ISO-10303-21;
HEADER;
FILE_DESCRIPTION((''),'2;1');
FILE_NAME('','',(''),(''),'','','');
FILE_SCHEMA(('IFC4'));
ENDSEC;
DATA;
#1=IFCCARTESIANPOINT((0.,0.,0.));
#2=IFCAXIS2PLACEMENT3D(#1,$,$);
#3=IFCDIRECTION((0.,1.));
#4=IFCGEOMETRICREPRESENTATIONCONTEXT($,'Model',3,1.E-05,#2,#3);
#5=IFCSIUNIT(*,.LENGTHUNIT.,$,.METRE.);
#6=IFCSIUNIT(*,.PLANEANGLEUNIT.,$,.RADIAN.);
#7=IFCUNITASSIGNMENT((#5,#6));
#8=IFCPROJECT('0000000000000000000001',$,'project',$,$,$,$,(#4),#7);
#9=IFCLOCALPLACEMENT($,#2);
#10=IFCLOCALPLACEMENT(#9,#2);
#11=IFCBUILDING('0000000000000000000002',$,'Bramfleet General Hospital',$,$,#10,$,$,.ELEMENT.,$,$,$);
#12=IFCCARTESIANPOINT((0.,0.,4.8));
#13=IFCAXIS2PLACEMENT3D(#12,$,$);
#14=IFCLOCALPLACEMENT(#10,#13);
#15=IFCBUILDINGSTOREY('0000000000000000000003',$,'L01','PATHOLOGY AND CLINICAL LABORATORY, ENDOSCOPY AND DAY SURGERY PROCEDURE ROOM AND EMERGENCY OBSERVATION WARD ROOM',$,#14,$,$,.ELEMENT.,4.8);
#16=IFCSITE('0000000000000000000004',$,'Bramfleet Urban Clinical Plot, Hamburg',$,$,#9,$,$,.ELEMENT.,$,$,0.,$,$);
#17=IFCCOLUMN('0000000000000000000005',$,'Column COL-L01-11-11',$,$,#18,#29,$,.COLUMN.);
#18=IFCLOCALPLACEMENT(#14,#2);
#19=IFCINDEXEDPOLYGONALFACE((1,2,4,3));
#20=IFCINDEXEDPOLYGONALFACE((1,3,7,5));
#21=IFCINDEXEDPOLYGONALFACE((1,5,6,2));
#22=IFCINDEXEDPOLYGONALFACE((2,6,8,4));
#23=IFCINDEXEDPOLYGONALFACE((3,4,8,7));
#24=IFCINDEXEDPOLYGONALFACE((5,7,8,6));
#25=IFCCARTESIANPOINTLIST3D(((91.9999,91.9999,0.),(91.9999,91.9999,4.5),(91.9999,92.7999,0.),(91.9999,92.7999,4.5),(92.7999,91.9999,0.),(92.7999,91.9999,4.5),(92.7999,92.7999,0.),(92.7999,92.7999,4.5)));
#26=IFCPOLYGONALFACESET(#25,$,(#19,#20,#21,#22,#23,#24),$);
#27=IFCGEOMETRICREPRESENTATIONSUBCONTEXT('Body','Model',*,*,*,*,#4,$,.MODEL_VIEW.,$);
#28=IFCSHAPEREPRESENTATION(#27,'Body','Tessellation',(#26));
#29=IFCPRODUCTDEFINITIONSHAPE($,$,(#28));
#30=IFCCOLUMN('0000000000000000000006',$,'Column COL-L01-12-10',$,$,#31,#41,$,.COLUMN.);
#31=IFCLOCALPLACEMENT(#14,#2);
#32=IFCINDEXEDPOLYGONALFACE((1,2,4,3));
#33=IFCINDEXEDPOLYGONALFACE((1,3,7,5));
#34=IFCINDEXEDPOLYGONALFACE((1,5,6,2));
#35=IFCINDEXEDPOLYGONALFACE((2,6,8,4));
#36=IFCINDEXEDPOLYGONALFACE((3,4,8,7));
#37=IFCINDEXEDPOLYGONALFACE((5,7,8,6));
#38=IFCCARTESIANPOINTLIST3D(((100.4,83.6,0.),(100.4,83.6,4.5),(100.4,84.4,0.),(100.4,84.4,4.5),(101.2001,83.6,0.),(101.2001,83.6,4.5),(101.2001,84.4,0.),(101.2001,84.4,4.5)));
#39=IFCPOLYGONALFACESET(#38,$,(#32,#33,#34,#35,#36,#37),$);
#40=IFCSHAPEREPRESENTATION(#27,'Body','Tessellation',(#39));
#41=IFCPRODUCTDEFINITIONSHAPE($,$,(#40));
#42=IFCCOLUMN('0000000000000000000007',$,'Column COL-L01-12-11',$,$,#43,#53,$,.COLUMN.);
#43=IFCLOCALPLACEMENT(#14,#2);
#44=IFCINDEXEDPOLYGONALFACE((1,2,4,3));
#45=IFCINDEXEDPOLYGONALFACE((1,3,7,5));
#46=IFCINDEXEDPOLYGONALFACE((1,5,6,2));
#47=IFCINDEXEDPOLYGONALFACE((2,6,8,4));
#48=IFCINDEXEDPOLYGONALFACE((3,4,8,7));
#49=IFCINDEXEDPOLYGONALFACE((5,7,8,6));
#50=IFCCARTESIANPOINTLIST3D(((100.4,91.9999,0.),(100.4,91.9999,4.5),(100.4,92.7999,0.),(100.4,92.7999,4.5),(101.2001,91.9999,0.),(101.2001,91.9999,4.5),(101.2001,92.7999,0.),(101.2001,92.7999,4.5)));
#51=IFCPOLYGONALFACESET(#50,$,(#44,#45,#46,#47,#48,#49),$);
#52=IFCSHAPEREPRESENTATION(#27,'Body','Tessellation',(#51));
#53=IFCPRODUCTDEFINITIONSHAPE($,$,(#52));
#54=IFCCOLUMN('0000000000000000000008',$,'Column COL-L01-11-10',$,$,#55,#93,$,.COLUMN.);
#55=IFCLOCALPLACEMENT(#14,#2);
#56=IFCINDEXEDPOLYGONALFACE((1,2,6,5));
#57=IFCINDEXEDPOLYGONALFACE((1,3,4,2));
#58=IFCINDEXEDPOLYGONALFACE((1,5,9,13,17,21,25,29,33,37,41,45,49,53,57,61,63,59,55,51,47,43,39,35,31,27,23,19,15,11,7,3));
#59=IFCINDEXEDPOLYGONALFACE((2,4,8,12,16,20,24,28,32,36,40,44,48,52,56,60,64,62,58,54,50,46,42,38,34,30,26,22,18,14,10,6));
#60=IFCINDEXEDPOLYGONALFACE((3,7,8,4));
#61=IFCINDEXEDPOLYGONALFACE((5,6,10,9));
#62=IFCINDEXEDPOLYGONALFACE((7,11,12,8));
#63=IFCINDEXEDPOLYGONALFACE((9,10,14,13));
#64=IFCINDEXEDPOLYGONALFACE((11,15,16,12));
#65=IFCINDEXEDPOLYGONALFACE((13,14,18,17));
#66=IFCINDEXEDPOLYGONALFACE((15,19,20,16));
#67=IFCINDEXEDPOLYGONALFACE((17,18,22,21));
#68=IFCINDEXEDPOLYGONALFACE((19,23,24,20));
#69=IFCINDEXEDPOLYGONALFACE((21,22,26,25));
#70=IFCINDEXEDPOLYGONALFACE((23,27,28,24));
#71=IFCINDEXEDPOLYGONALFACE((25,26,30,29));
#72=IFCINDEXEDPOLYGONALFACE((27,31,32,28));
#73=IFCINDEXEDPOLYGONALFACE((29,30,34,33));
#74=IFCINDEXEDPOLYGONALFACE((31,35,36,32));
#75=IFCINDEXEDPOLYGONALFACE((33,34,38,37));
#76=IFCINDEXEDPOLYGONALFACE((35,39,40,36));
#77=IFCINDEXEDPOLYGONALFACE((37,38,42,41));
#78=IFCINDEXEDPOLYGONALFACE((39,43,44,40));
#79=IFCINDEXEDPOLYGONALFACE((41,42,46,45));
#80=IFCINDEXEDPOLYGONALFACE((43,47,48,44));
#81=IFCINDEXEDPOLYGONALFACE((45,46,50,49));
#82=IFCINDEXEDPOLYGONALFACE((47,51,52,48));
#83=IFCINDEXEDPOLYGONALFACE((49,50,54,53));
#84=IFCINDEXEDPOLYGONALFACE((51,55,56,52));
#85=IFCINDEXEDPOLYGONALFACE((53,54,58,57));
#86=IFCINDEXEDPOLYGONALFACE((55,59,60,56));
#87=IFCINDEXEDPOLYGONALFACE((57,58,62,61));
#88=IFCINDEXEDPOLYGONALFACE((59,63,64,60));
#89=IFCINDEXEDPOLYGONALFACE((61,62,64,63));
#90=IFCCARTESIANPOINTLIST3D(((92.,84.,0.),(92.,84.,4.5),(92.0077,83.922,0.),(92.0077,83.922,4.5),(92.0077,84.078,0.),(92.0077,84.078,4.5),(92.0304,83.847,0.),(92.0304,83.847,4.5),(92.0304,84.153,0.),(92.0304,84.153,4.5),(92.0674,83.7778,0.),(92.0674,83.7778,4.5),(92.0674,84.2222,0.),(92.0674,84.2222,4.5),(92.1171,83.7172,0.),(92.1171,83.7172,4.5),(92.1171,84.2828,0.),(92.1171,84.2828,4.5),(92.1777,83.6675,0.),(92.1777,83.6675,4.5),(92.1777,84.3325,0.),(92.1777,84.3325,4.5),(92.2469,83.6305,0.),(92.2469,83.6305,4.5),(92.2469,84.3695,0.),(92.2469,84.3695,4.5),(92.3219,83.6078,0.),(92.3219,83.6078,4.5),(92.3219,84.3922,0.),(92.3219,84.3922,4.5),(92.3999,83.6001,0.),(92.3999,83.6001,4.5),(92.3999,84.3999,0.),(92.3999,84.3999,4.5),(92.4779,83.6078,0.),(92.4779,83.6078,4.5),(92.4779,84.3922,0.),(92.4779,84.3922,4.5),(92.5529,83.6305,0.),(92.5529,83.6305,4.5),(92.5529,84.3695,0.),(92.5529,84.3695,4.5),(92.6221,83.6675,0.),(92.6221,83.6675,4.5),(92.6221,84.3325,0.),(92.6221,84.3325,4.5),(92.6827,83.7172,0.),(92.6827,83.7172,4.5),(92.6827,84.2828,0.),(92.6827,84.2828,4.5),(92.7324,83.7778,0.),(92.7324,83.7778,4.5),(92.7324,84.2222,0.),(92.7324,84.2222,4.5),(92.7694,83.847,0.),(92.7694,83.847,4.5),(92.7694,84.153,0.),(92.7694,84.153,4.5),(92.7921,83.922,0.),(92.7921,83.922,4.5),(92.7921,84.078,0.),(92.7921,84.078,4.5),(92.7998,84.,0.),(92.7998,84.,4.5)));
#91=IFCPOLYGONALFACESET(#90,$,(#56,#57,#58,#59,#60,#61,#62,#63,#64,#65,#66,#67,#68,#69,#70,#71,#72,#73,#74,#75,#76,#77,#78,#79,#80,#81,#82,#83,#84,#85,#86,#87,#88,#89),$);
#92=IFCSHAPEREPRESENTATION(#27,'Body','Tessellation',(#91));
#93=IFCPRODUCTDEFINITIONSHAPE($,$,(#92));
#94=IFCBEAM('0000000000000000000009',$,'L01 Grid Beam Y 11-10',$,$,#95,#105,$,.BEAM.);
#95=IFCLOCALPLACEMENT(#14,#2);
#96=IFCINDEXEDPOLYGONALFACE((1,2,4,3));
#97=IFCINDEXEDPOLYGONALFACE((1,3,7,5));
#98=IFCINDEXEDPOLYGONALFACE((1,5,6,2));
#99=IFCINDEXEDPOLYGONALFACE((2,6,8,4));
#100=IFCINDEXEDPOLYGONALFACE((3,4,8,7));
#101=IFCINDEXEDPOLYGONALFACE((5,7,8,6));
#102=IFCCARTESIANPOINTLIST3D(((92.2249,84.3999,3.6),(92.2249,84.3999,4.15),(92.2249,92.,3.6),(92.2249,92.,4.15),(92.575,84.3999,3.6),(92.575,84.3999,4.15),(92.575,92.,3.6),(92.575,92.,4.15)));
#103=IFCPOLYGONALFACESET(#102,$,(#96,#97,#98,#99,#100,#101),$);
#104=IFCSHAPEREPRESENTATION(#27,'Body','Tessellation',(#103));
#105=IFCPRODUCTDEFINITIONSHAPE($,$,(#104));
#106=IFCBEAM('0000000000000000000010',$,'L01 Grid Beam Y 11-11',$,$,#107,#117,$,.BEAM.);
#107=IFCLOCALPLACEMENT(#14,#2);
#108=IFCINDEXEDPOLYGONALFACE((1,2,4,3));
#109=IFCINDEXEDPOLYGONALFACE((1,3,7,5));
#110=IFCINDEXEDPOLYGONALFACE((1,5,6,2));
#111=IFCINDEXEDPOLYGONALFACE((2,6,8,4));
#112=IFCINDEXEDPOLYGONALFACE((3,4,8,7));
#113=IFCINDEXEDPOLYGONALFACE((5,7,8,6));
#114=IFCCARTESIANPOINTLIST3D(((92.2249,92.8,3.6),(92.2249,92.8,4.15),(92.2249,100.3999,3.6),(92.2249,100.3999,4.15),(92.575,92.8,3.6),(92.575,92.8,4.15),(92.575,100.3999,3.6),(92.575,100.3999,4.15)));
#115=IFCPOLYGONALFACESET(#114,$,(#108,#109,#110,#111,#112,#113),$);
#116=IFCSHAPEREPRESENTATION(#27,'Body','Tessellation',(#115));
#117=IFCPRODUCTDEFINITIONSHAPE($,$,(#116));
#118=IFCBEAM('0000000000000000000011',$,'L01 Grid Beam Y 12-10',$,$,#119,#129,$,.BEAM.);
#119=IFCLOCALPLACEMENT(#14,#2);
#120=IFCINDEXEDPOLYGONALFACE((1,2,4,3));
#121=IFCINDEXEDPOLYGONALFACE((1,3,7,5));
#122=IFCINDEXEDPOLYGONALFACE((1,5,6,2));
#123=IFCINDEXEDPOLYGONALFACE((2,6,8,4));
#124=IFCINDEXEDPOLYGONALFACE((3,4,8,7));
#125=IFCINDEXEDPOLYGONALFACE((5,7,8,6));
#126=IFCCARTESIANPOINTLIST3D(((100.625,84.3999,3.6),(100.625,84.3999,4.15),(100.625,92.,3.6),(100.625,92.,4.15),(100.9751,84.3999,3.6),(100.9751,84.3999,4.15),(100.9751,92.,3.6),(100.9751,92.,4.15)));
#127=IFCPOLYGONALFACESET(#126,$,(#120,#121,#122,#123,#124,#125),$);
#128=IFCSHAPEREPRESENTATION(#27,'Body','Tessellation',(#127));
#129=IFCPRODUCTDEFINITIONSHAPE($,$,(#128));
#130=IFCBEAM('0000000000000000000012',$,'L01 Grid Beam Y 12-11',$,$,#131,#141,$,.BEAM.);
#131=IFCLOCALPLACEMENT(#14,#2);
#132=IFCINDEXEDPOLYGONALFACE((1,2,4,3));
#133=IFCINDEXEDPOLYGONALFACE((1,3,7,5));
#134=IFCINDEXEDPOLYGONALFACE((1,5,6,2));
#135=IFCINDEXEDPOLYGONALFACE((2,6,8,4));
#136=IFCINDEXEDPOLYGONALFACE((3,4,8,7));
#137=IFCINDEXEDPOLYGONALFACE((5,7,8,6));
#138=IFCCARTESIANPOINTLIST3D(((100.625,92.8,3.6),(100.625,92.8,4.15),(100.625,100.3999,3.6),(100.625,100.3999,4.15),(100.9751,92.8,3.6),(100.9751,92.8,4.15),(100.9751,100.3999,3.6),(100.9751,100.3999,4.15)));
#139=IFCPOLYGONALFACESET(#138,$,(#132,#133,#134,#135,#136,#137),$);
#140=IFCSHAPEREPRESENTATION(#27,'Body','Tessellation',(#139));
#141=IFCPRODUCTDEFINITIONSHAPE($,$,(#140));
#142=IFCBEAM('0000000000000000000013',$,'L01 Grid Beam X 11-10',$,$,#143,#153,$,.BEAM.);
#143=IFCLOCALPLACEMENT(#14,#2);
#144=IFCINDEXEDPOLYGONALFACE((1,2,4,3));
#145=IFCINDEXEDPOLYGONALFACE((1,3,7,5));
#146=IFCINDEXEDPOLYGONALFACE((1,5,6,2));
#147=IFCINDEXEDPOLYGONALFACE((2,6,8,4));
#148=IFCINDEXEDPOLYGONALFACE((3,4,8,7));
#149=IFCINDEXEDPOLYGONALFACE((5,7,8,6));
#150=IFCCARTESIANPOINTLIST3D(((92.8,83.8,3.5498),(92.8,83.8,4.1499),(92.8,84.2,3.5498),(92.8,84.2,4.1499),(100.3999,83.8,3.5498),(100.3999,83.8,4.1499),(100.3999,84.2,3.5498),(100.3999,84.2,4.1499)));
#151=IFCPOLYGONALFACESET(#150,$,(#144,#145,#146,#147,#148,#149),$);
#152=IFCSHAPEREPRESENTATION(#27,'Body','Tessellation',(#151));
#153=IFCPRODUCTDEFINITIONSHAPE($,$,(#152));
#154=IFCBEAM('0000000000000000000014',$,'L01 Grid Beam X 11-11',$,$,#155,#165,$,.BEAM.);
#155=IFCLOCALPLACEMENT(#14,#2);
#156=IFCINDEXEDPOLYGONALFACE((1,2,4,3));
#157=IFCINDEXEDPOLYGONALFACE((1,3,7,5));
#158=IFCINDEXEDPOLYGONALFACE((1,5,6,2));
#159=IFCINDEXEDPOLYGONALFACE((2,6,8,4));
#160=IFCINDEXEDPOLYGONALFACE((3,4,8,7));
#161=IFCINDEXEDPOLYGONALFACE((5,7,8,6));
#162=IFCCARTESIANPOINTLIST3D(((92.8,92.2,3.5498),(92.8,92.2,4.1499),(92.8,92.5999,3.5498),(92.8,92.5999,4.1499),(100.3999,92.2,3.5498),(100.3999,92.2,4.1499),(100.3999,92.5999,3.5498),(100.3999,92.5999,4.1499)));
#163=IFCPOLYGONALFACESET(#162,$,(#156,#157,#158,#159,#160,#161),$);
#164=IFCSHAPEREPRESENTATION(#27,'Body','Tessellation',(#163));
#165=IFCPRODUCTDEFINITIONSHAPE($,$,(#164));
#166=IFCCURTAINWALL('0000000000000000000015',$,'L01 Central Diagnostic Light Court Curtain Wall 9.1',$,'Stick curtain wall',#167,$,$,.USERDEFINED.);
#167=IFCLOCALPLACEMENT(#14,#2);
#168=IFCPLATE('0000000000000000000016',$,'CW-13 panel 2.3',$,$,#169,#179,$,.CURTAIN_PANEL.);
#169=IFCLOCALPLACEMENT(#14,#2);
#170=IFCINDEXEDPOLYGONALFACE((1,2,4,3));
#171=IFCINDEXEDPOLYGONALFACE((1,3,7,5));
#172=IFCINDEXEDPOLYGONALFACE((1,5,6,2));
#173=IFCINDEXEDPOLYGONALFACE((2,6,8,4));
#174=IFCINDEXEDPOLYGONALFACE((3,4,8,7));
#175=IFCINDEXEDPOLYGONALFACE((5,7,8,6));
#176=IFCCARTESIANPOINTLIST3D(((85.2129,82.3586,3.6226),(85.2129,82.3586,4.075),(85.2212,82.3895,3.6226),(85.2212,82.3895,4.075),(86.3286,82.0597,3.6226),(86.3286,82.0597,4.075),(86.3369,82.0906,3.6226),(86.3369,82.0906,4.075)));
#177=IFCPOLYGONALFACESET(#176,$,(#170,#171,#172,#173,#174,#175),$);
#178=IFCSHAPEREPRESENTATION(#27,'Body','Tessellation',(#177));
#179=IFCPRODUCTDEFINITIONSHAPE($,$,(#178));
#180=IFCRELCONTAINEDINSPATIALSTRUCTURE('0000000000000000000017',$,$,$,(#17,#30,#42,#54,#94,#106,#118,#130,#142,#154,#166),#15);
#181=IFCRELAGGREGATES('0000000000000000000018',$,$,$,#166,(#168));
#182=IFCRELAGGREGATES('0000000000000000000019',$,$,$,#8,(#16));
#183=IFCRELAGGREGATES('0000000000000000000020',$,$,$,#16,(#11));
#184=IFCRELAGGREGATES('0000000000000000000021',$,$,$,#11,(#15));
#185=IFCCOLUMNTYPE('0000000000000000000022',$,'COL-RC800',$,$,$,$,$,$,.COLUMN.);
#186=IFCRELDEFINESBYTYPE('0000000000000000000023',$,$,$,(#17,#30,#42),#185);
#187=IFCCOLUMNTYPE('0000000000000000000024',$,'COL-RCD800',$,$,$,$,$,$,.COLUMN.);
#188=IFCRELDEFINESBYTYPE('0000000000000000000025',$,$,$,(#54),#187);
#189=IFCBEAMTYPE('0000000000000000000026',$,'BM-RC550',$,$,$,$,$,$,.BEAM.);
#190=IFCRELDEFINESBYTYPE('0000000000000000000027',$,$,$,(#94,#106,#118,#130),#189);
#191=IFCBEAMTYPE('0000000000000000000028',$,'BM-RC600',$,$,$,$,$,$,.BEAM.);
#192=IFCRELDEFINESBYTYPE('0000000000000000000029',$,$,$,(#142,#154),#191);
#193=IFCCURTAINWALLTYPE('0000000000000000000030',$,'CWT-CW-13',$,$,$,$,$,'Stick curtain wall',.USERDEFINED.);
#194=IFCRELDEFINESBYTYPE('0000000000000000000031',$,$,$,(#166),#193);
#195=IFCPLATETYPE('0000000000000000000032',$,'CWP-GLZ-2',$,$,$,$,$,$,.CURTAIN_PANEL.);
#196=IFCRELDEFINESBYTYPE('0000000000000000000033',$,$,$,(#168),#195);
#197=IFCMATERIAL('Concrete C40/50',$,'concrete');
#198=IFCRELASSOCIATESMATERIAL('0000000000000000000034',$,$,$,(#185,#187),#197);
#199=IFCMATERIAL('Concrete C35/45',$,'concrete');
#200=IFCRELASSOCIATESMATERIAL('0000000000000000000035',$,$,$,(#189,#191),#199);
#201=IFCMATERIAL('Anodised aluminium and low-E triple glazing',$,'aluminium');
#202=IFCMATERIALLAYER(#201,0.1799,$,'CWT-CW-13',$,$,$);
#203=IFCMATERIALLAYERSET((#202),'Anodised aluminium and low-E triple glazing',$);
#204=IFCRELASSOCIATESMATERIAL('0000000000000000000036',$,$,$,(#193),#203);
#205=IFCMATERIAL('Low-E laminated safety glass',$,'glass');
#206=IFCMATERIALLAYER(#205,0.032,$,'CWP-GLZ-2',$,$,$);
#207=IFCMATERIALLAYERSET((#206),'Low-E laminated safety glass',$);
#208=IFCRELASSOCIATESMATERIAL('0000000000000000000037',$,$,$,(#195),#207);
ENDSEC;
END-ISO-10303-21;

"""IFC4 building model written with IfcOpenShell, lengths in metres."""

from ifc_helpers import new_model, si_unit, direction, frame, origin, origin_2d, place, context, subcontext, project, spatial, rectangle, circle, extrude, material, layer, layer_set, material_profile, profile_set, type_object, element, aggregate, save


model = new_model("IFC4")

# Units and contexts
model_context = context("Model", 3, precision=1e-05, world=origin(), true_north=direction((0.0, 1.0)))
body_context = subcontext(model_context, "Body", "Model", "MODEL_VIEW")
ifc_project = project(units=[si_unit("LENGTHUNIT", "METRE"), si_unit("PLANEANGLEUNIT", "RADIAN")], contexts=[model_context])

# Site, building, storey
site_placement = place(None, origin())
site = spatial("IfcSite", under=ifc_project, at=site_placement, Name="Bramfleet Urban Clinical Plot, Hamburg", CompositionType="ELEMENT", RefElevation=0.0)
building_placement = place(site_placement, origin())
building = spatial("IfcBuilding", under=site, at=building_placement, Name="Bramfleet General Hospital", CompositionType="ELEMENT")
storey_placement = place(building_placement, frame((0.0, 0.0, 4.8)))
storey = spatial("IfcBuildingStorey", under=building, at=storey_placement, Name="L01", Description="PATHOLOGY AND CLINICAL LABORATORY, ENDOSCOPY AND DAY SURGERY PROCEDURE ROOM AND EMERGENCY OBSERVATION WARD ROOM", CompositionType="ELEMENT", Elevation=4.8)

# Columns
ifc_material_1 = material(Name="Concrete C40/50", Category="concrete")
ifc_material_profile_1 = material_profile(ifc_material_1, rectangle(XDim=0.8, YDim=0.8, at=origin_2d()), Name="RC COL 800x800")
ifc_profile_set_1 = profile_set([ifc_material_profile_1], Name="Concrete C40/50")
column_type_1 = type_object("IfcColumnType", Name="COL-RC800", PredefinedType="COLUMN", material=ifc_profile_set_1)
for number, where, z_axis, x_axis, name in (
    (1, (92.3999, 92.3999, 0.0), (0.0, 0.0, 1.0), (1.0, 0.0, 0.0), "Column COL-L01-11-11"),
    (2, (100.8, 84.0, 0.0), (0.0, 0.0, 1.0), (1.0, 0.0, 0.0), "Column COL-L01-12-10"),
    (3, (100.8, 92.3999, 0.0), (0.0, 0.0, 1.0), (1.0, 0.0, 0.0), "Column COL-L01-12-11"),
):
    element("IfcColumn", number, at=place(storey_placement, frame(where, z_axis=z_axis, x_axis=x_axis)), inside=storey, type_object=column_type_1, Name=name, PredefinedType="COLUMN", context=body_context, shape_type="SweptSolid", body=[
        extrude(rectangle(XDim=0.8, YDim=0.8, at=origin_2d()), origin(), (0.0, 0.0, 1.0), 4.5),
    ])
ifc_material_profile_2 = material_profile(ifc_material_1, circle(Radius=0.3999, at=origin_2d()), Name="RC ROUND D800")
ifc_profile_set_2 = profile_set([ifc_material_profile_2], Name="Concrete C40/50")
column_type_2 = type_object("IfcColumnType", Name="COL-RCD800", PredefinedType="COLUMN", material=ifc_profile_set_2)
column_placement = place(storey_placement, frame((92.3999, 84.0, 0.0), z_axis=(0.0, 0.0, 1.0), x_axis=(1.0, 0.0, 0.0)))
element("IfcColumn", 4, at=column_placement, inside=storey, type_object=column_type_2, Name="Column COL-L01-11-10", PredefinedType="COLUMN", context=body_context, shape_type="SweptSolid", body=[
    extrude(circle(Radius=0.3999, at=origin_2d()), origin(), (0.0, 0.0, 1.0), 4.5),
])

# Beams
ifc_material_2 = material(Name="Concrete C35/45", Category="concrete")
ifc_material_profile_3 = material_profile(ifc_material_2, rectangle(XDim=0.3501, YDim=0.55, at=origin_2d()), Name="RC BM 550x350")
ifc_profile_set_3 = profile_set([ifc_material_profile_3], Name="Concrete C35/45")
beam_type_1 = type_object("IfcBeamType", Name="BM-RC550", PredefinedType="BEAM", material=ifc_profile_set_3)
beam_1_placement = place(storey_placement, frame((92.3999, 84.3999, 3.875), z_axis=(0.0, 1.0, 0.0), x_axis=(-1.0, 0.0, 0.0)))
element("IfcBeam", 5, at=beam_1_placement, inside=storey, type_object=beam_type_1, Name="L01 Grid Beam Y 11-10", PredefinedType="BEAM", context=body_context, shape_type="SweptSolid", body=[
    extrude(rectangle(XDim=0.3501, YDim=0.55, at=origin_2d()), origin(), (0.0, 0.0, 1.0), 7.6001),
])
beam_2_placement = place(storey_placement, frame((92.3999, 92.8, 3.875), z_axis=(0.0, 1.0, 0.0), x_axis=(-1.0, 0.0, 0.0)))
element("IfcBeam", 6, at=beam_2_placement, inside=storey, type_object=beam_type_1, Name="L01 Grid Beam Y 11-11", PredefinedType="BEAM", context=body_context, shape_type="SweptSolid", body=[
    extrude(rectangle(XDim=0.3501, YDim=0.55, at=origin_2d()), origin(), (0.0, 0.0, 1.0), 7.5999),
])
beam_3_placement = place(storey_placement, frame((100.8, 84.3999, 3.875), z_axis=(0.0, 1.0, 0.0), x_axis=(-1.0, 0.0, 0.0)))
element("IfcBeam", 7, at=beam_3_placement, inside=storey, type_object=beam_type_1, Name="L01 Grid Beam Y 12-10", PredefinedType="BEAM", context=body_context, shape_type="SweptSolid", body=[
    extrude(rectangle(XDim=0.3501, YDim=0.55, at=origin_2d()), origin(), (0.0, 0.0, 1.0), 7.6001),
])
beam_4_placement = place(storey_placement, frame((100.8, 92.8, 3.875), z_axis=(0.0, 1.0, 0.0), x_axis=(-1.0, 0.0, 0.0)))
element("IfcBeam", 8, at=beam_4_placement, inside=storey, type_object=beam_type_1, Name="L01 Grid Beam Y 12-11", PredefinedType="BEAM", context=body_context, shape_type="SweptSolid", body=[
    extrude(rectangle(XDim=0.3501, YDim=0.55, at=origin_2d()), origin(), (0.0, 0.0, 1.0), 7.5999),
])
ifc_material_profile_4 = material_profile(ifc_material_2, rectangle(XDim=0.3999, YDim=0.6001, at=origin_2d()), Name="RC BM 600x400")
ifc_profile_set_4 = profile_set([ifc_material_profile_4], Name="Concrete C35/45")
beam_type_2 = type_object("IfcBeamType", Name="BM-RC600", PredefinedType="BEAM", material=ifc_profile_set_4)
for number, where, z_axis, x_axis, name in (
    (9, (92.8, 84.0, 3.8499), (1.0, 0.0, 0.0), (0.0, 1.0, 0.0), "L01 Grid Beam X 11-10"),
    (10, (92.8, 92.3999, 3.8499), (1.0, 0.0, 0.0), (0.0, 1.0, 0.0), "L01 Grid Beam X 11-11"),
):
    element("IfcBeam", number, at=place(storey_placement, frame(where, z_axis=z_axis, x_axis=x_axis)), inside=storey, type_object=beam_type_2, Name=name, PredefinedType="BEAM", context=body_context, shape_type="SweptSolid", body=[
        extrude(rectangle(XDim=0.3999, YDim=0.6001, at=origin_2d()), origin(), (0.0, 0.0, 1.0), 7.5999),
    ])

# Curtain wall, plate
ifc_material_3 = material(Name="Anodised aluminium and low-E triple glazing", Category="aluminium")
ifc_layer_1 = layer(ifc_material_3, 0.1799, Name="CWT-CW-13")
ifc_layer_set_1 = layer_set([ifc_layer_1], Name="Anodised aluminium and low-E triple glazing")
curtain_wall_type = type_object("IfcCurtainWallType", Name="CWT-CW-13", ElementType="Stick curtain wall", PredefinedType="USERDEFINED", material=ifc_layer_set_1)
curtain_wall_placement = place(storey_placement, origin())
curtain_wall = element("IfcCurtainWall", 11, at=curtain_wall_placement, inside=storey, type_object=curtain_wall_type, Name="L01 Central Diagnostic Light Court Curtain Wall 9.1", ObjectType="Stick curtain wall", PredefinedType="USERDEFINED")
ifc_material_4 = material(Name="Low-E laminated safety glass", Category="glass")
ifc_layer_2 = layer(ifc_material_4, 0.032, Name="CWP-GLZ-2")
ifc_layer_set_2 = layer_set([ifc_layer_2], Name="Low-E laminated safety glass")
plate_type = type_object("IfcPlateType", Name="CWP-GLZ-2", PredefinedType="CURTAIN_PANEL", material=ifc_layer_set_2)
plate_placement = place(storey_placement, frame((85.7749, 82.2246, 3.6226), z_axis=(0.0, 0.0, 1.0), x_axis=(-0.965941, 0.258763, 0.0)))
plate = element("IfcPlate", 12, at=plate_placement, type_object=plate_type, Name="CW-13 panel 2.3", PredefinedType="CURTAIN_PANEL", context=body_context, shape_type="SweptSolid", body=[
    extrude(rectangle(XDim=1.155, YDim=0.032, at=origin_2d()), origin(), (0.0, 0.0, 1.0), 0.4524),
])
aggregate(curtain_wall, [plate])

save(model, "model.ifc")
